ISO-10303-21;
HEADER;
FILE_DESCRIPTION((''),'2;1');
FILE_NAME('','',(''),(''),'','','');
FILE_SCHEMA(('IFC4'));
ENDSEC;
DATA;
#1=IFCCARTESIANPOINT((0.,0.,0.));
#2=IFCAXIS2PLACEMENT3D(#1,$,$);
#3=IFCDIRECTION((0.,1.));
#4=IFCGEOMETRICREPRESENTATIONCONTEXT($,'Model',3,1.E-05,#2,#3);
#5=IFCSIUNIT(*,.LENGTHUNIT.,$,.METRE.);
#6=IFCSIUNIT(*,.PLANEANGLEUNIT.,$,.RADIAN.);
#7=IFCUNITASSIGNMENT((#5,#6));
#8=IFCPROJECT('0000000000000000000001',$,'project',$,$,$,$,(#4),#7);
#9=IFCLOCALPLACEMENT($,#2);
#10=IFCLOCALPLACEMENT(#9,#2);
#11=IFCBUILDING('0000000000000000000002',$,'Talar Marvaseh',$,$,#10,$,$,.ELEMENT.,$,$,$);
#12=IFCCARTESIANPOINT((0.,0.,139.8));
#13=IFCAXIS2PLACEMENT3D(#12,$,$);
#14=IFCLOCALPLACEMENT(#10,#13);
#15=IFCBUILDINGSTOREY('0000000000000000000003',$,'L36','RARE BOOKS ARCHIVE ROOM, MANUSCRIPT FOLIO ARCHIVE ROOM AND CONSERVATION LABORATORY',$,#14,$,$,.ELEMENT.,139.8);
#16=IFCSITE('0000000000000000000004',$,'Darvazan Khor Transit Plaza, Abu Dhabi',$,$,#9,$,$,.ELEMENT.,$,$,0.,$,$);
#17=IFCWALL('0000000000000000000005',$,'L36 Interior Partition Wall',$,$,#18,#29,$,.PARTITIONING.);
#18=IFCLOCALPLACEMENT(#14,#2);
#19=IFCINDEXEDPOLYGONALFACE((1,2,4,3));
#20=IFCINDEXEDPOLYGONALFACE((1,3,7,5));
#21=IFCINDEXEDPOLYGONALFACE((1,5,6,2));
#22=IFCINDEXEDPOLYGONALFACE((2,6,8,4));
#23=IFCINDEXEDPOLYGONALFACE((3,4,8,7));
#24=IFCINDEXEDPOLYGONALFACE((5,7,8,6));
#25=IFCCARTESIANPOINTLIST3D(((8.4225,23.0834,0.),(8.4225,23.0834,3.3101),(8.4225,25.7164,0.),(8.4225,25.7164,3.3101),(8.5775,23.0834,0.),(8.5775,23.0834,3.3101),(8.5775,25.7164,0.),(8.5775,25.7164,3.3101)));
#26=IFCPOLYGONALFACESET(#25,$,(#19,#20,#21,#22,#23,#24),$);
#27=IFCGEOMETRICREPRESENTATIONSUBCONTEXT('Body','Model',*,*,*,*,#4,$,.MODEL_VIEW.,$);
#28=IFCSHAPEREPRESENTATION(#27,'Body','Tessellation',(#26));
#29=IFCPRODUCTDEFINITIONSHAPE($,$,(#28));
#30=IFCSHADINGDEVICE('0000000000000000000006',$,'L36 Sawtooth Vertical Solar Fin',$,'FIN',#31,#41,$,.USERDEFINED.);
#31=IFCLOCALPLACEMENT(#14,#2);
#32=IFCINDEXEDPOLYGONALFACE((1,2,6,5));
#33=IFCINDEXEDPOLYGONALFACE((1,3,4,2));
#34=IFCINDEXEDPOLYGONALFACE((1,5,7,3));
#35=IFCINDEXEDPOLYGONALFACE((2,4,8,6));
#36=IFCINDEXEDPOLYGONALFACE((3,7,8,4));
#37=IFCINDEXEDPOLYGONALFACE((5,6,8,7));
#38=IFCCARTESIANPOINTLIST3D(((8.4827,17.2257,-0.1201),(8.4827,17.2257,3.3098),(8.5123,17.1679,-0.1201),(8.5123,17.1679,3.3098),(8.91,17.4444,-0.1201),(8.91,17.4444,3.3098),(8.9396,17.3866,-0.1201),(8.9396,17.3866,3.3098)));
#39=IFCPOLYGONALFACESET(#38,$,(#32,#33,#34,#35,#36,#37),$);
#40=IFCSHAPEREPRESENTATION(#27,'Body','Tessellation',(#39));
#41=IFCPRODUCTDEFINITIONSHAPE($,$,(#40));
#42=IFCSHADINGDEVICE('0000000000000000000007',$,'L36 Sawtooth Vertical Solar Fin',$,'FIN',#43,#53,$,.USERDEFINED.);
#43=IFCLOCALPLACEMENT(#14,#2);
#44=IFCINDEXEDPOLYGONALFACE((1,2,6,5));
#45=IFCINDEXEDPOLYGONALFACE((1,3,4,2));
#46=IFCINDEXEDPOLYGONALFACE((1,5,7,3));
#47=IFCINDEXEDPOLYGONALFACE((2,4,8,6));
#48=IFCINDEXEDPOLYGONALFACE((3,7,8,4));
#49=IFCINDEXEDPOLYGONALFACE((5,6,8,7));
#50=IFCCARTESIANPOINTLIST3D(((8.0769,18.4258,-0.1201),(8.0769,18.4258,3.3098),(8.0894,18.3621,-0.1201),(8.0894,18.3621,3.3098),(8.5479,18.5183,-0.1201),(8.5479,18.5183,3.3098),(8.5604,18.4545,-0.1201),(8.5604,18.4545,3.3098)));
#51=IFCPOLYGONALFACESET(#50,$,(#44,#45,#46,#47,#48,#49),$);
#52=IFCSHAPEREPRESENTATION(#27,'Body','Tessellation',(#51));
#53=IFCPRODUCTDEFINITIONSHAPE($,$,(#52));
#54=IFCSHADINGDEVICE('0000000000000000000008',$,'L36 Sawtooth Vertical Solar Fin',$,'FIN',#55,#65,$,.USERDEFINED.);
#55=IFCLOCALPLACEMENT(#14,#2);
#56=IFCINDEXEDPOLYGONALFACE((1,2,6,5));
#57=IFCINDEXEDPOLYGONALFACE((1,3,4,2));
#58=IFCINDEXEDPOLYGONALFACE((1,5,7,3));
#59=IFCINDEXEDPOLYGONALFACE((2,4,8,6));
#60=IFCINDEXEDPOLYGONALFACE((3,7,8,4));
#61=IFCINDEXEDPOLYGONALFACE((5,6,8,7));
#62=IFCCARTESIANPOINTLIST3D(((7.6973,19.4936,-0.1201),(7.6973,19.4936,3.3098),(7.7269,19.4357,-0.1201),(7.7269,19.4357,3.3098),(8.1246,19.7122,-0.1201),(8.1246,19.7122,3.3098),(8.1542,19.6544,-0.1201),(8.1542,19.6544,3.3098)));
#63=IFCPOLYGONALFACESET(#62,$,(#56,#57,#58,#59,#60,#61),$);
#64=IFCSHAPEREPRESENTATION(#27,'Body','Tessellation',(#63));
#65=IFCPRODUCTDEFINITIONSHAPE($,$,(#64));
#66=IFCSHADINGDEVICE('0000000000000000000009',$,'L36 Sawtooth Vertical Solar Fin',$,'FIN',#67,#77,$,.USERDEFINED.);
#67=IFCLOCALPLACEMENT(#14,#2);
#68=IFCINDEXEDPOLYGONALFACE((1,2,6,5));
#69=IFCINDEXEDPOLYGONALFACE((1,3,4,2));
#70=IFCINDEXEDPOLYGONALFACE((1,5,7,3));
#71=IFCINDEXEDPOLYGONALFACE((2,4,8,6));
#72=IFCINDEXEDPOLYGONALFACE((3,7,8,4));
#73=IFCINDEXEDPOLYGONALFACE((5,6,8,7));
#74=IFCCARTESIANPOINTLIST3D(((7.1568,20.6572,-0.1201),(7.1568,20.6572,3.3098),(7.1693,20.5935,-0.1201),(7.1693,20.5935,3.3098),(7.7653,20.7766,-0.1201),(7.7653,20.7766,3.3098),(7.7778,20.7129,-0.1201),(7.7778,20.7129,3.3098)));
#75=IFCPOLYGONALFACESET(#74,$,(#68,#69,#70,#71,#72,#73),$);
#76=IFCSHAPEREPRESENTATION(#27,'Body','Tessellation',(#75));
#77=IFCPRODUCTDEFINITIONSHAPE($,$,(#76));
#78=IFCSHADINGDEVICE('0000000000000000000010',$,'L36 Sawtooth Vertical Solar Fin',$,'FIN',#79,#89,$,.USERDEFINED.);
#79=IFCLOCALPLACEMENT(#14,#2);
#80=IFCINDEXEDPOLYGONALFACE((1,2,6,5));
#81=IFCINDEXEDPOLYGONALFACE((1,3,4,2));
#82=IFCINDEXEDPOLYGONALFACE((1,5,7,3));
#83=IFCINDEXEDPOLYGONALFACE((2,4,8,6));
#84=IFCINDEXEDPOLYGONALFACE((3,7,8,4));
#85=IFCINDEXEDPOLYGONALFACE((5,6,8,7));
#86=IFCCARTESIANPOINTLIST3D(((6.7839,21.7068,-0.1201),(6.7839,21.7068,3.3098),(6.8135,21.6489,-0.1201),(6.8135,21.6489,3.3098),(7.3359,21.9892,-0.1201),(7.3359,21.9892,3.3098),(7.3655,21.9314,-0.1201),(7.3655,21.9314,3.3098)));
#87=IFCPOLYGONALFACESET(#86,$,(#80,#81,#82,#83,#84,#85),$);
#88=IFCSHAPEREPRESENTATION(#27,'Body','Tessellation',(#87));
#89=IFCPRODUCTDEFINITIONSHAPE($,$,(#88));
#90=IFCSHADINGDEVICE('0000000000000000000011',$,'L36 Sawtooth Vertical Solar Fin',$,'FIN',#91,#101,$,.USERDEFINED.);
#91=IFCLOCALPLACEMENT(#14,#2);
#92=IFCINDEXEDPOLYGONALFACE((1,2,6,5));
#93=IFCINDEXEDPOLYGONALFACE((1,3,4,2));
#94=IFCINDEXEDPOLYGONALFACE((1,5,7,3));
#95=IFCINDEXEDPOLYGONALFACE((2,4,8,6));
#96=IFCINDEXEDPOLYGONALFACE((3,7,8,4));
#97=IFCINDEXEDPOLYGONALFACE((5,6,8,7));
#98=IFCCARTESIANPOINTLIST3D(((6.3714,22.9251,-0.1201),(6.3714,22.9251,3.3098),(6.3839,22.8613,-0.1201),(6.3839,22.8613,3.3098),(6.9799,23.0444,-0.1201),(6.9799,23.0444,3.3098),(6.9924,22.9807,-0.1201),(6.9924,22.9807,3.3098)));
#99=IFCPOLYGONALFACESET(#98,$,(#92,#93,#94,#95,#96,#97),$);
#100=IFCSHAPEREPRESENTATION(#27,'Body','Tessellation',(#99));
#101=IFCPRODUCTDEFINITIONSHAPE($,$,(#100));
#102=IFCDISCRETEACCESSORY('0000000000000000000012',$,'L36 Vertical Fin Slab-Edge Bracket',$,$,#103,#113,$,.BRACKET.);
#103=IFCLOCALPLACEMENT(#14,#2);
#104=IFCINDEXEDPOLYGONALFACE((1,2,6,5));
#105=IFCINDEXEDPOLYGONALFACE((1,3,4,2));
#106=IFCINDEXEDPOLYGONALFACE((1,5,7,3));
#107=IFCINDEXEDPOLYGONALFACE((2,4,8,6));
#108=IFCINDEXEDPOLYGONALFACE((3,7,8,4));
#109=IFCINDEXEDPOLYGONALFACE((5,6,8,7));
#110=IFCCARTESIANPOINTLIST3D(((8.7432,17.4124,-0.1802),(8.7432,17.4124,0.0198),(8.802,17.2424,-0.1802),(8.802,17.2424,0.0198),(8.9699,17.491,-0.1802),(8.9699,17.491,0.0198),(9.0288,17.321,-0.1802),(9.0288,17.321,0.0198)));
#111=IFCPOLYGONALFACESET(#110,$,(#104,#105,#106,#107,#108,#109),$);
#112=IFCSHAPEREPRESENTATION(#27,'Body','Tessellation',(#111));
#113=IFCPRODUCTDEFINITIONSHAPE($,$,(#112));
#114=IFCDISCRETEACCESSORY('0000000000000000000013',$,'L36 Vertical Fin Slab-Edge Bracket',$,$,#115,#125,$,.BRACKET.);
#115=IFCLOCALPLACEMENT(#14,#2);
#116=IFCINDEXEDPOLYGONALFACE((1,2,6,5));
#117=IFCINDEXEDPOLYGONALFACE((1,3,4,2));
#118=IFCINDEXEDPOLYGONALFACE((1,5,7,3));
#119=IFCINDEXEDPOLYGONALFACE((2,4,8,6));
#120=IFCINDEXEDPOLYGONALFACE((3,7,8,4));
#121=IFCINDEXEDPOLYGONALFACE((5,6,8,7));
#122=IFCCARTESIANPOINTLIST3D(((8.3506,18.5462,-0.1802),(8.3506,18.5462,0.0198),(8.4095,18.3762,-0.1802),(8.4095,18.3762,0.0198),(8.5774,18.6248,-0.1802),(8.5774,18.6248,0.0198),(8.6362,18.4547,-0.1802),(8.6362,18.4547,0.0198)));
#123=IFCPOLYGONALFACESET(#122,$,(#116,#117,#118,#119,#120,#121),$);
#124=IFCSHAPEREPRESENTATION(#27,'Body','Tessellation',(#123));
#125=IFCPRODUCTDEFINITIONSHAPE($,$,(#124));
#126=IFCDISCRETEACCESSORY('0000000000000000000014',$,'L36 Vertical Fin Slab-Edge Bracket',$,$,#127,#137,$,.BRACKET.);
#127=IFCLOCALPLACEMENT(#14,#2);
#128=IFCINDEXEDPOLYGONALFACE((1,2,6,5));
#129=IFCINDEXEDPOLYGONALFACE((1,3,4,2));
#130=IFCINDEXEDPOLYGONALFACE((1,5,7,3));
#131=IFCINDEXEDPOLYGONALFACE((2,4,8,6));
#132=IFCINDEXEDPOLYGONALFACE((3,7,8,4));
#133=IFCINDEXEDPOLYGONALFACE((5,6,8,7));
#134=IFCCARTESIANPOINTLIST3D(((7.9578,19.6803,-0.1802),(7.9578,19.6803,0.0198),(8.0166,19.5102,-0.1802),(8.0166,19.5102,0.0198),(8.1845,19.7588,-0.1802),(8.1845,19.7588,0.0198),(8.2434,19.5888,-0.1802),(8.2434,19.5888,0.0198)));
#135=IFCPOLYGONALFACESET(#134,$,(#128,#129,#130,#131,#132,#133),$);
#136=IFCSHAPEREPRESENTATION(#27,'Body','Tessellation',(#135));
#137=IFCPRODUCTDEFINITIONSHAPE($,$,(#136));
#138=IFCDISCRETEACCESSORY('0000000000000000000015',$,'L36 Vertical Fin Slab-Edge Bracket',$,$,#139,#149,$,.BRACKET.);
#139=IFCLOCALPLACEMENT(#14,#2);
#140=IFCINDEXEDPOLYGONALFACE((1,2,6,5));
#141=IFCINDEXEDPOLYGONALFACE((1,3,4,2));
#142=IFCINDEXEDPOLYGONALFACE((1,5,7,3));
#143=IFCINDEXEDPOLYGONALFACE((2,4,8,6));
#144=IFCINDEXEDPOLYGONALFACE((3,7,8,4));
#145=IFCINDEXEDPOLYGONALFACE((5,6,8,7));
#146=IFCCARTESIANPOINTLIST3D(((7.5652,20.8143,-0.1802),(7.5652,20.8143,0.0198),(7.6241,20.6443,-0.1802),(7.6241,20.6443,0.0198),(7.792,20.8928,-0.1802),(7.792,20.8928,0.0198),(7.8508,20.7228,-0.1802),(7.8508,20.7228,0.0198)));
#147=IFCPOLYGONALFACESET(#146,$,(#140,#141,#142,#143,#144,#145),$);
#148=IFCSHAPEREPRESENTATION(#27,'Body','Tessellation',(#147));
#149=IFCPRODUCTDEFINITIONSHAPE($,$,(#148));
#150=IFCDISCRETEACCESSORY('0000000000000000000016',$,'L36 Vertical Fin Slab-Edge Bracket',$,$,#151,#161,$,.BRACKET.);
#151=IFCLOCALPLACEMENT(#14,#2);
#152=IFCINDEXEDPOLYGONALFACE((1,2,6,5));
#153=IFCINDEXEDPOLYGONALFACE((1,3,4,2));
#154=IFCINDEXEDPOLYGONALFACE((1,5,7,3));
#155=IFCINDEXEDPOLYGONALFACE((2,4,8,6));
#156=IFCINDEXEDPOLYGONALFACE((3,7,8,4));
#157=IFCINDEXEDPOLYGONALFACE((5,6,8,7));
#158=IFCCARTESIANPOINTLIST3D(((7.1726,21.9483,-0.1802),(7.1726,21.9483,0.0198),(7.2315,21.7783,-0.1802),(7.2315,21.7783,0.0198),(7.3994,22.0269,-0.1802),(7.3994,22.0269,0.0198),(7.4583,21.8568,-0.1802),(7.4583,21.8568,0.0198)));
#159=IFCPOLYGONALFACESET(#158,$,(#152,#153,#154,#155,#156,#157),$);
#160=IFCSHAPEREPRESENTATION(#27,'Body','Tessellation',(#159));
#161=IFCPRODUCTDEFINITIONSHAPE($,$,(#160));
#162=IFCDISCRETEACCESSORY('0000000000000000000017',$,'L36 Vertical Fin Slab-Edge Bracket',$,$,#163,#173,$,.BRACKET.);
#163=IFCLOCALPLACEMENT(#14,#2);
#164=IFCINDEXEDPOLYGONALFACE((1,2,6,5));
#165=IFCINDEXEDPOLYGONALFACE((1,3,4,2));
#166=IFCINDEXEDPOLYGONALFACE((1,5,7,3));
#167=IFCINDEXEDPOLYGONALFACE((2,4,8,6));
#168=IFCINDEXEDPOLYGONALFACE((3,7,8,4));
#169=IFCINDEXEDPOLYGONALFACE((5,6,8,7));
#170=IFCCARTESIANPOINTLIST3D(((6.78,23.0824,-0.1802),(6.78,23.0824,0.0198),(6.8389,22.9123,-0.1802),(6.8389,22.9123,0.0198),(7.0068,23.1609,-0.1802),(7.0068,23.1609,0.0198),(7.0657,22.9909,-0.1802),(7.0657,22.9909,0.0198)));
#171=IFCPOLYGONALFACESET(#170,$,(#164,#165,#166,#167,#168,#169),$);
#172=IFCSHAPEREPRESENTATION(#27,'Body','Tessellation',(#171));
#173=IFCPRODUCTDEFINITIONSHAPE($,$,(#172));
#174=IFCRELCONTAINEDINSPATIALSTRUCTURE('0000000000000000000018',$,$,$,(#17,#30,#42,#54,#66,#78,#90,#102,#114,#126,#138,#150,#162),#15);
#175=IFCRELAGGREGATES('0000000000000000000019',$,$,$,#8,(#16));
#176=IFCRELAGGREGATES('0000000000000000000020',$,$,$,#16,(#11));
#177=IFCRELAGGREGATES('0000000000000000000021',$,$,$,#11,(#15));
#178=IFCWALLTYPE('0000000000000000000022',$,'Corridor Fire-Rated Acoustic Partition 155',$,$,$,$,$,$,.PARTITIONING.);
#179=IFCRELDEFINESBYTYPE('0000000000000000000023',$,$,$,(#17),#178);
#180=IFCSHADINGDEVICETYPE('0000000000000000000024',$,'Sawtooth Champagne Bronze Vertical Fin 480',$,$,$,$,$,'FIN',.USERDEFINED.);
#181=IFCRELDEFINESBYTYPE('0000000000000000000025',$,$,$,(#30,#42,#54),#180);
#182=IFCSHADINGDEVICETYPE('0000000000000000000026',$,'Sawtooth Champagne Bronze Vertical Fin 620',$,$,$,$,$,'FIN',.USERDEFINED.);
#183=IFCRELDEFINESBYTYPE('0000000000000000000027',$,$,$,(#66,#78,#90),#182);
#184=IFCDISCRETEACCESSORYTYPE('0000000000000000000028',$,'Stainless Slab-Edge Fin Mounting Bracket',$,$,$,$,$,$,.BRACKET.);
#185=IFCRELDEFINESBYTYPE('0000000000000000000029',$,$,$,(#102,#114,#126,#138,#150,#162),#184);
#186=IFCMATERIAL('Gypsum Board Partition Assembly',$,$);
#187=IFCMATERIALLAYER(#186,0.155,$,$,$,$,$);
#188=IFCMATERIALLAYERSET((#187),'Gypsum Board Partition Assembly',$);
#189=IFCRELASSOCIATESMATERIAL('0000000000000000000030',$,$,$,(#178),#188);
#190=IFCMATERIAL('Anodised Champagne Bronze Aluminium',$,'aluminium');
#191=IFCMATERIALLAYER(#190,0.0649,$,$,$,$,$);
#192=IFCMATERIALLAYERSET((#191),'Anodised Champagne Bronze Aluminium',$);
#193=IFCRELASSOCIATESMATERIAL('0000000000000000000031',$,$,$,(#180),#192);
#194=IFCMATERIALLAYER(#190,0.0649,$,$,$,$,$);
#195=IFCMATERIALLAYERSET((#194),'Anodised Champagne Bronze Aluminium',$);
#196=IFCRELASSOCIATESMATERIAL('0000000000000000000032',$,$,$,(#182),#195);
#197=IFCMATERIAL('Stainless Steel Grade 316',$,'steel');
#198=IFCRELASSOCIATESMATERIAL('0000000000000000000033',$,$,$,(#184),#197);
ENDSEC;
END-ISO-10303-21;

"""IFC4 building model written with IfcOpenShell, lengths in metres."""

from ifc_helpers import new_model, si_unit, direction, frame, frame_2d, origin, origin_2d, place, context, subcontext, project, spatial, rectangle, extrude, source, transform, mapped, material, layer, layer_set, type_object, type_shapes, element, save


model = new_model("IFC4")

# Units and contexts
model_context = context("Model", 3, precision=1e-05, world=origin(), true_north=direction((0.0, 1.0)))
body_context = subcontext(model_context, "Body", "Model", "MODEL_VIEW")
ifc_project = project(units=[si_unit("LENGTHUNIT", "METRE"), si_unit("PLANEANGLEUNIT", "RADIAN")], contexts=[model_context])

# Site, building, storey
site_placement = place(None, origin())
site = spatial("IfcSite", under=ifc_project, at=site_placement, Name="Darvazan Khor Transit Plaza, Abu Dhabi", CompositionType="ELEMENT", RefElevation=0.0)
building_placement = place(site_placement, origin())
building = spatial("IfcBuilding", under=site, at=building_placement, Name="Talar Marvaseh", CompositionType="ELEMENT")
storey_placement = place(building_placement, frame((0.0, 0.0, 139.8)))
storey = spatial("IfcBuildingStorey", under=building, at=storey_placement, Name="L36", Description="RARE BOOKS ARCHIVE ROOM, MANUSCRIPT FOLIO ARCHIVE ROOM AND CONSERVATION LABORATORY", CompositionType="ELEMENT", Elevation=139.8)

# Wall
ifc_material_1 = material(Name="Gypsum Board Partition Assembly")
ifc_layer_1 = layer(ifc_material_1, 0.155)
ifc_layer_set_1 = layer_set([ifc_layer_1], Name="Gypsum Board Partition Assembly")
wall_type_1 = type_object("IfcWallType", Name="Corridor Fire-Rated Acoustic Partition 155", PredefinedType="PARTITIONING", material=ifc_layer_set_1)
wall_1_placement = place(storey_placement, frame((8.5, 23.0835, 0.0), z_axis=(0.0, 0.0, 1.0), x_axis=(0.0, 1.0, 0.0)))
element("IfcWall", 1, at=wall_1_placement, inside=storey, type_object=wall_type_1, Name="L36 Interior Partition Wall", PredefinedType="PARTITIONING", context=body_context, shape_type="SweptSolid", body=[
    extrude(rectangle(XDim=2.6331, YDim=0.155, at=frame_2d((1.3164, 0.0))), origin(), (0.0, 0.0, 1.0), 3.3101),
])

# Shading devices
ifc_material_2 = material(Name="Anodised Champagne Bronze Aluminium", Category="aluminium")
ifc_layer_2 = layer(ifc_material_2, 0.0649)
ifc_layer_set_2 = layer_set([ifc_layer_2], Name="Anodised Champagne Bronze Aluminium")
shading_device_type_1 = type_object("IfcShadingDeviceType", Name="Sawtooth Champagne Bronze Vertical Fin 480", ElementType="FIN", PredefinedType="USERDEFINED", material=ifc_layer_set_2)
shared_shape_1 = source(origin(), body_context, "Body", "SweptSolid", [
    extrude(rectangle(XDim=0.48, YDim=0.0649, at=origin_2d()), origin(), (0.0, 0.0, 1.0), 3.4299),
])
type_shapes(shading_device_type_1, [shared_shape_1])
for number, where, z_axis, x_axis, name in (
    (2, (8.7112, 17.3062, -0.1201), (0.0, 0.0, 1.0), (-0.890213, -0.455545, 0.0), "L36 Sawtooth Vertical Solar Fin"),
    (3, (8.3186, 18.4402, -0.1201), (0.0, 0.0, 1.0), (-0.981293, -0.192522, 0.0), "L36 Sawtooth Vertical Solar Fin"),
    (4, (7.9258, 19.574, -0.1201), (0.0, 0.0, 1.0), (-0.890213, -0.455545, 0.0), "L36 Sawtooth Vertical Solar Fin"),
):
    element("IfcShadingDevice", number, at=place(storey_placement, frame(where, z_axis=z_axis, x_axis=x_axis)), inside=storey, type_object=shading_device_type_1, Name=name, ObjectType="FIN", PredefinedType="USERDEFINED", context=body_context, shape_type="MappedRepresentation", body=[
        mapped(shared_shape_1, transform((0.0, 0.0, 0.0), x_axis=(1.0, 0.0, 0.0), y_axis=(0.0, 1.0, 0.0), z_axis=(0.0, 0.0, 1.0), scale=1.0)),
    ])
ifc_layer_3 = layer(ifc_material_2, 0.0649)
ifc_layer_set_3 = layer_set([ifc_layer_3], Name="Anodised Champagne Bronze Aluminium")
shading_device_type_2 = type_object("IfcShadingDeviceType", Name="Sawtooth Champagne Bronze Vertical Fin 620", ElementType="FIN", PredefinedType="USERDEFINED", material=ifc_layer_set_3)
shared_shape_2 = source(origin(), body_context, "Body", "SweptSolid", [
    extrude(rectangle(XDim=0.6201, YDim=0.0649, at=origin_2d()), origin(), (0.0, 0.0, 1.0), 3.4299),
])
type_shapes(shading_device_type_2, [shared_shape_2])
for number, where, z_axis, x_axis, name in (
    (5, (7.4673, 20.6851, -0.1201), (0.0, 0.0, 1.0), (-0.981293, -0.192522, 0.0), "L36 Sawtooth Vertical Solar Fin"),
    (6, (7.0747, 21.8191, -0.1201), (0.0, 0.0, 1.0), (-0.890213, -0.455545, 0.0), "L36 Sawtooth Vertical Solar Fin"),
    (7, (6.6819, 22.9529, -0.1201), (0.0, 0.0, 1.0), (-0.981293, -0.192522, 0.0), "L36 Sawtooth Vertical Solar Fin"),
):
    element("IfcShadingDevice", number, at=place(storey_placement, frame(where, z_axis=z_axis, x_axis=x_axis)), inside=storey, type_object=shading_device_type_2, Name=name, ObjectType="FIN", PredefinedType="USERDEFINED", context=body_context, shape_type="MappedRepresentation", body=[
        mapped(shared_shape_2, transform((0.0, 0.0, 0.0), x_axis=(1.0, 0.0, 0.0), y_axis=(0.0, 1.0, 0.0), z_axis=(0.0, 0.0, 1.0), scale=1.0)),
    ])

# Discrete accessories
ifc_material_3 = material(Name="Stainless Steel Grade 316", Category="steel")
discrete_accessory_type = type_object("IfcDiscreteAccessoryType", Name="Stainless Slab-Edge Fin Mounting Bracket", PredefinedType="BRACKET", material=ifc_material_3)
shared_shape_3 = source(origin(), body_context, "Body", "SweptSolid", [
    extrude(rectangle(XDim=0.24, YDim=0.1799, at=origin_2d()), origin(), (0.0, 0.0, 1.0), 0.2),
])
type_shapes(discrete_accessory_type, [shared_shape_3])
for number, where, z_axis, x_axis, name in (
    (8, (8.886, 17.3667, -0.1802), (0.0, 0.0, 1.0), (-0.944949, -0.327218, 0.0), "L36 Vertical Fin Slab-Edge Bracket"),
    (9, (8.4934, 18.5005, -0.1802), (0.0, 0.0, 1.0), (-0.944949, -0.327218, 0.0), "L36 Vertical Fin Slab-Edge Bracket"),
    (10, (8.1006, 19.6345, -0.1802), (0.0, 0.0, 1.0), (-0.944949, -0.327218, 0.0), "L36 Vertical Fin Slab-Edge Bracket"),
    (11, (7.708, 20.7686, -0.1802), (0.0, 0.0, 1.0), (-0.944949, -0.327218, 0.0), "L36 Vertical Fin Slab-Edge Bracket"),
    (12, (7.3154, 21.9026, -0.1802), (0.0, 0.0, 1.0), (-0.944949, -0.327218, 0.0), "L36 Vertical Fin Slab-Edge Bracket"),
    (13, (6.9229, 23.0366, -0.1802), (0.0, 0.0, 1.0), (-0.944949, -0.327218, 0.0), "L36 Vertical Fin Slab-Edge Bracket"),
):
    element("IfcDiscreteAccessory", number, at=place(storey_placement, frame(where, z_axis=z_axis, x_axis=x_axis)), inside=storey, type_object=discrete_accessory_type, Name=name, PredefinedType="BRACKET", context=body_context, shape_type="MappedRepresentation", body=[
        mapped(shared_shape_3, transform((0.0, 0.0, 0.0), x_axis=(1.0, 0.0, 0.0), y_axis=(0.0, 1.0, 0.0), z_axis=(0.0, 0.0, 1.0), scale=1.0)),
    ])

save(model, "model.ifc")
